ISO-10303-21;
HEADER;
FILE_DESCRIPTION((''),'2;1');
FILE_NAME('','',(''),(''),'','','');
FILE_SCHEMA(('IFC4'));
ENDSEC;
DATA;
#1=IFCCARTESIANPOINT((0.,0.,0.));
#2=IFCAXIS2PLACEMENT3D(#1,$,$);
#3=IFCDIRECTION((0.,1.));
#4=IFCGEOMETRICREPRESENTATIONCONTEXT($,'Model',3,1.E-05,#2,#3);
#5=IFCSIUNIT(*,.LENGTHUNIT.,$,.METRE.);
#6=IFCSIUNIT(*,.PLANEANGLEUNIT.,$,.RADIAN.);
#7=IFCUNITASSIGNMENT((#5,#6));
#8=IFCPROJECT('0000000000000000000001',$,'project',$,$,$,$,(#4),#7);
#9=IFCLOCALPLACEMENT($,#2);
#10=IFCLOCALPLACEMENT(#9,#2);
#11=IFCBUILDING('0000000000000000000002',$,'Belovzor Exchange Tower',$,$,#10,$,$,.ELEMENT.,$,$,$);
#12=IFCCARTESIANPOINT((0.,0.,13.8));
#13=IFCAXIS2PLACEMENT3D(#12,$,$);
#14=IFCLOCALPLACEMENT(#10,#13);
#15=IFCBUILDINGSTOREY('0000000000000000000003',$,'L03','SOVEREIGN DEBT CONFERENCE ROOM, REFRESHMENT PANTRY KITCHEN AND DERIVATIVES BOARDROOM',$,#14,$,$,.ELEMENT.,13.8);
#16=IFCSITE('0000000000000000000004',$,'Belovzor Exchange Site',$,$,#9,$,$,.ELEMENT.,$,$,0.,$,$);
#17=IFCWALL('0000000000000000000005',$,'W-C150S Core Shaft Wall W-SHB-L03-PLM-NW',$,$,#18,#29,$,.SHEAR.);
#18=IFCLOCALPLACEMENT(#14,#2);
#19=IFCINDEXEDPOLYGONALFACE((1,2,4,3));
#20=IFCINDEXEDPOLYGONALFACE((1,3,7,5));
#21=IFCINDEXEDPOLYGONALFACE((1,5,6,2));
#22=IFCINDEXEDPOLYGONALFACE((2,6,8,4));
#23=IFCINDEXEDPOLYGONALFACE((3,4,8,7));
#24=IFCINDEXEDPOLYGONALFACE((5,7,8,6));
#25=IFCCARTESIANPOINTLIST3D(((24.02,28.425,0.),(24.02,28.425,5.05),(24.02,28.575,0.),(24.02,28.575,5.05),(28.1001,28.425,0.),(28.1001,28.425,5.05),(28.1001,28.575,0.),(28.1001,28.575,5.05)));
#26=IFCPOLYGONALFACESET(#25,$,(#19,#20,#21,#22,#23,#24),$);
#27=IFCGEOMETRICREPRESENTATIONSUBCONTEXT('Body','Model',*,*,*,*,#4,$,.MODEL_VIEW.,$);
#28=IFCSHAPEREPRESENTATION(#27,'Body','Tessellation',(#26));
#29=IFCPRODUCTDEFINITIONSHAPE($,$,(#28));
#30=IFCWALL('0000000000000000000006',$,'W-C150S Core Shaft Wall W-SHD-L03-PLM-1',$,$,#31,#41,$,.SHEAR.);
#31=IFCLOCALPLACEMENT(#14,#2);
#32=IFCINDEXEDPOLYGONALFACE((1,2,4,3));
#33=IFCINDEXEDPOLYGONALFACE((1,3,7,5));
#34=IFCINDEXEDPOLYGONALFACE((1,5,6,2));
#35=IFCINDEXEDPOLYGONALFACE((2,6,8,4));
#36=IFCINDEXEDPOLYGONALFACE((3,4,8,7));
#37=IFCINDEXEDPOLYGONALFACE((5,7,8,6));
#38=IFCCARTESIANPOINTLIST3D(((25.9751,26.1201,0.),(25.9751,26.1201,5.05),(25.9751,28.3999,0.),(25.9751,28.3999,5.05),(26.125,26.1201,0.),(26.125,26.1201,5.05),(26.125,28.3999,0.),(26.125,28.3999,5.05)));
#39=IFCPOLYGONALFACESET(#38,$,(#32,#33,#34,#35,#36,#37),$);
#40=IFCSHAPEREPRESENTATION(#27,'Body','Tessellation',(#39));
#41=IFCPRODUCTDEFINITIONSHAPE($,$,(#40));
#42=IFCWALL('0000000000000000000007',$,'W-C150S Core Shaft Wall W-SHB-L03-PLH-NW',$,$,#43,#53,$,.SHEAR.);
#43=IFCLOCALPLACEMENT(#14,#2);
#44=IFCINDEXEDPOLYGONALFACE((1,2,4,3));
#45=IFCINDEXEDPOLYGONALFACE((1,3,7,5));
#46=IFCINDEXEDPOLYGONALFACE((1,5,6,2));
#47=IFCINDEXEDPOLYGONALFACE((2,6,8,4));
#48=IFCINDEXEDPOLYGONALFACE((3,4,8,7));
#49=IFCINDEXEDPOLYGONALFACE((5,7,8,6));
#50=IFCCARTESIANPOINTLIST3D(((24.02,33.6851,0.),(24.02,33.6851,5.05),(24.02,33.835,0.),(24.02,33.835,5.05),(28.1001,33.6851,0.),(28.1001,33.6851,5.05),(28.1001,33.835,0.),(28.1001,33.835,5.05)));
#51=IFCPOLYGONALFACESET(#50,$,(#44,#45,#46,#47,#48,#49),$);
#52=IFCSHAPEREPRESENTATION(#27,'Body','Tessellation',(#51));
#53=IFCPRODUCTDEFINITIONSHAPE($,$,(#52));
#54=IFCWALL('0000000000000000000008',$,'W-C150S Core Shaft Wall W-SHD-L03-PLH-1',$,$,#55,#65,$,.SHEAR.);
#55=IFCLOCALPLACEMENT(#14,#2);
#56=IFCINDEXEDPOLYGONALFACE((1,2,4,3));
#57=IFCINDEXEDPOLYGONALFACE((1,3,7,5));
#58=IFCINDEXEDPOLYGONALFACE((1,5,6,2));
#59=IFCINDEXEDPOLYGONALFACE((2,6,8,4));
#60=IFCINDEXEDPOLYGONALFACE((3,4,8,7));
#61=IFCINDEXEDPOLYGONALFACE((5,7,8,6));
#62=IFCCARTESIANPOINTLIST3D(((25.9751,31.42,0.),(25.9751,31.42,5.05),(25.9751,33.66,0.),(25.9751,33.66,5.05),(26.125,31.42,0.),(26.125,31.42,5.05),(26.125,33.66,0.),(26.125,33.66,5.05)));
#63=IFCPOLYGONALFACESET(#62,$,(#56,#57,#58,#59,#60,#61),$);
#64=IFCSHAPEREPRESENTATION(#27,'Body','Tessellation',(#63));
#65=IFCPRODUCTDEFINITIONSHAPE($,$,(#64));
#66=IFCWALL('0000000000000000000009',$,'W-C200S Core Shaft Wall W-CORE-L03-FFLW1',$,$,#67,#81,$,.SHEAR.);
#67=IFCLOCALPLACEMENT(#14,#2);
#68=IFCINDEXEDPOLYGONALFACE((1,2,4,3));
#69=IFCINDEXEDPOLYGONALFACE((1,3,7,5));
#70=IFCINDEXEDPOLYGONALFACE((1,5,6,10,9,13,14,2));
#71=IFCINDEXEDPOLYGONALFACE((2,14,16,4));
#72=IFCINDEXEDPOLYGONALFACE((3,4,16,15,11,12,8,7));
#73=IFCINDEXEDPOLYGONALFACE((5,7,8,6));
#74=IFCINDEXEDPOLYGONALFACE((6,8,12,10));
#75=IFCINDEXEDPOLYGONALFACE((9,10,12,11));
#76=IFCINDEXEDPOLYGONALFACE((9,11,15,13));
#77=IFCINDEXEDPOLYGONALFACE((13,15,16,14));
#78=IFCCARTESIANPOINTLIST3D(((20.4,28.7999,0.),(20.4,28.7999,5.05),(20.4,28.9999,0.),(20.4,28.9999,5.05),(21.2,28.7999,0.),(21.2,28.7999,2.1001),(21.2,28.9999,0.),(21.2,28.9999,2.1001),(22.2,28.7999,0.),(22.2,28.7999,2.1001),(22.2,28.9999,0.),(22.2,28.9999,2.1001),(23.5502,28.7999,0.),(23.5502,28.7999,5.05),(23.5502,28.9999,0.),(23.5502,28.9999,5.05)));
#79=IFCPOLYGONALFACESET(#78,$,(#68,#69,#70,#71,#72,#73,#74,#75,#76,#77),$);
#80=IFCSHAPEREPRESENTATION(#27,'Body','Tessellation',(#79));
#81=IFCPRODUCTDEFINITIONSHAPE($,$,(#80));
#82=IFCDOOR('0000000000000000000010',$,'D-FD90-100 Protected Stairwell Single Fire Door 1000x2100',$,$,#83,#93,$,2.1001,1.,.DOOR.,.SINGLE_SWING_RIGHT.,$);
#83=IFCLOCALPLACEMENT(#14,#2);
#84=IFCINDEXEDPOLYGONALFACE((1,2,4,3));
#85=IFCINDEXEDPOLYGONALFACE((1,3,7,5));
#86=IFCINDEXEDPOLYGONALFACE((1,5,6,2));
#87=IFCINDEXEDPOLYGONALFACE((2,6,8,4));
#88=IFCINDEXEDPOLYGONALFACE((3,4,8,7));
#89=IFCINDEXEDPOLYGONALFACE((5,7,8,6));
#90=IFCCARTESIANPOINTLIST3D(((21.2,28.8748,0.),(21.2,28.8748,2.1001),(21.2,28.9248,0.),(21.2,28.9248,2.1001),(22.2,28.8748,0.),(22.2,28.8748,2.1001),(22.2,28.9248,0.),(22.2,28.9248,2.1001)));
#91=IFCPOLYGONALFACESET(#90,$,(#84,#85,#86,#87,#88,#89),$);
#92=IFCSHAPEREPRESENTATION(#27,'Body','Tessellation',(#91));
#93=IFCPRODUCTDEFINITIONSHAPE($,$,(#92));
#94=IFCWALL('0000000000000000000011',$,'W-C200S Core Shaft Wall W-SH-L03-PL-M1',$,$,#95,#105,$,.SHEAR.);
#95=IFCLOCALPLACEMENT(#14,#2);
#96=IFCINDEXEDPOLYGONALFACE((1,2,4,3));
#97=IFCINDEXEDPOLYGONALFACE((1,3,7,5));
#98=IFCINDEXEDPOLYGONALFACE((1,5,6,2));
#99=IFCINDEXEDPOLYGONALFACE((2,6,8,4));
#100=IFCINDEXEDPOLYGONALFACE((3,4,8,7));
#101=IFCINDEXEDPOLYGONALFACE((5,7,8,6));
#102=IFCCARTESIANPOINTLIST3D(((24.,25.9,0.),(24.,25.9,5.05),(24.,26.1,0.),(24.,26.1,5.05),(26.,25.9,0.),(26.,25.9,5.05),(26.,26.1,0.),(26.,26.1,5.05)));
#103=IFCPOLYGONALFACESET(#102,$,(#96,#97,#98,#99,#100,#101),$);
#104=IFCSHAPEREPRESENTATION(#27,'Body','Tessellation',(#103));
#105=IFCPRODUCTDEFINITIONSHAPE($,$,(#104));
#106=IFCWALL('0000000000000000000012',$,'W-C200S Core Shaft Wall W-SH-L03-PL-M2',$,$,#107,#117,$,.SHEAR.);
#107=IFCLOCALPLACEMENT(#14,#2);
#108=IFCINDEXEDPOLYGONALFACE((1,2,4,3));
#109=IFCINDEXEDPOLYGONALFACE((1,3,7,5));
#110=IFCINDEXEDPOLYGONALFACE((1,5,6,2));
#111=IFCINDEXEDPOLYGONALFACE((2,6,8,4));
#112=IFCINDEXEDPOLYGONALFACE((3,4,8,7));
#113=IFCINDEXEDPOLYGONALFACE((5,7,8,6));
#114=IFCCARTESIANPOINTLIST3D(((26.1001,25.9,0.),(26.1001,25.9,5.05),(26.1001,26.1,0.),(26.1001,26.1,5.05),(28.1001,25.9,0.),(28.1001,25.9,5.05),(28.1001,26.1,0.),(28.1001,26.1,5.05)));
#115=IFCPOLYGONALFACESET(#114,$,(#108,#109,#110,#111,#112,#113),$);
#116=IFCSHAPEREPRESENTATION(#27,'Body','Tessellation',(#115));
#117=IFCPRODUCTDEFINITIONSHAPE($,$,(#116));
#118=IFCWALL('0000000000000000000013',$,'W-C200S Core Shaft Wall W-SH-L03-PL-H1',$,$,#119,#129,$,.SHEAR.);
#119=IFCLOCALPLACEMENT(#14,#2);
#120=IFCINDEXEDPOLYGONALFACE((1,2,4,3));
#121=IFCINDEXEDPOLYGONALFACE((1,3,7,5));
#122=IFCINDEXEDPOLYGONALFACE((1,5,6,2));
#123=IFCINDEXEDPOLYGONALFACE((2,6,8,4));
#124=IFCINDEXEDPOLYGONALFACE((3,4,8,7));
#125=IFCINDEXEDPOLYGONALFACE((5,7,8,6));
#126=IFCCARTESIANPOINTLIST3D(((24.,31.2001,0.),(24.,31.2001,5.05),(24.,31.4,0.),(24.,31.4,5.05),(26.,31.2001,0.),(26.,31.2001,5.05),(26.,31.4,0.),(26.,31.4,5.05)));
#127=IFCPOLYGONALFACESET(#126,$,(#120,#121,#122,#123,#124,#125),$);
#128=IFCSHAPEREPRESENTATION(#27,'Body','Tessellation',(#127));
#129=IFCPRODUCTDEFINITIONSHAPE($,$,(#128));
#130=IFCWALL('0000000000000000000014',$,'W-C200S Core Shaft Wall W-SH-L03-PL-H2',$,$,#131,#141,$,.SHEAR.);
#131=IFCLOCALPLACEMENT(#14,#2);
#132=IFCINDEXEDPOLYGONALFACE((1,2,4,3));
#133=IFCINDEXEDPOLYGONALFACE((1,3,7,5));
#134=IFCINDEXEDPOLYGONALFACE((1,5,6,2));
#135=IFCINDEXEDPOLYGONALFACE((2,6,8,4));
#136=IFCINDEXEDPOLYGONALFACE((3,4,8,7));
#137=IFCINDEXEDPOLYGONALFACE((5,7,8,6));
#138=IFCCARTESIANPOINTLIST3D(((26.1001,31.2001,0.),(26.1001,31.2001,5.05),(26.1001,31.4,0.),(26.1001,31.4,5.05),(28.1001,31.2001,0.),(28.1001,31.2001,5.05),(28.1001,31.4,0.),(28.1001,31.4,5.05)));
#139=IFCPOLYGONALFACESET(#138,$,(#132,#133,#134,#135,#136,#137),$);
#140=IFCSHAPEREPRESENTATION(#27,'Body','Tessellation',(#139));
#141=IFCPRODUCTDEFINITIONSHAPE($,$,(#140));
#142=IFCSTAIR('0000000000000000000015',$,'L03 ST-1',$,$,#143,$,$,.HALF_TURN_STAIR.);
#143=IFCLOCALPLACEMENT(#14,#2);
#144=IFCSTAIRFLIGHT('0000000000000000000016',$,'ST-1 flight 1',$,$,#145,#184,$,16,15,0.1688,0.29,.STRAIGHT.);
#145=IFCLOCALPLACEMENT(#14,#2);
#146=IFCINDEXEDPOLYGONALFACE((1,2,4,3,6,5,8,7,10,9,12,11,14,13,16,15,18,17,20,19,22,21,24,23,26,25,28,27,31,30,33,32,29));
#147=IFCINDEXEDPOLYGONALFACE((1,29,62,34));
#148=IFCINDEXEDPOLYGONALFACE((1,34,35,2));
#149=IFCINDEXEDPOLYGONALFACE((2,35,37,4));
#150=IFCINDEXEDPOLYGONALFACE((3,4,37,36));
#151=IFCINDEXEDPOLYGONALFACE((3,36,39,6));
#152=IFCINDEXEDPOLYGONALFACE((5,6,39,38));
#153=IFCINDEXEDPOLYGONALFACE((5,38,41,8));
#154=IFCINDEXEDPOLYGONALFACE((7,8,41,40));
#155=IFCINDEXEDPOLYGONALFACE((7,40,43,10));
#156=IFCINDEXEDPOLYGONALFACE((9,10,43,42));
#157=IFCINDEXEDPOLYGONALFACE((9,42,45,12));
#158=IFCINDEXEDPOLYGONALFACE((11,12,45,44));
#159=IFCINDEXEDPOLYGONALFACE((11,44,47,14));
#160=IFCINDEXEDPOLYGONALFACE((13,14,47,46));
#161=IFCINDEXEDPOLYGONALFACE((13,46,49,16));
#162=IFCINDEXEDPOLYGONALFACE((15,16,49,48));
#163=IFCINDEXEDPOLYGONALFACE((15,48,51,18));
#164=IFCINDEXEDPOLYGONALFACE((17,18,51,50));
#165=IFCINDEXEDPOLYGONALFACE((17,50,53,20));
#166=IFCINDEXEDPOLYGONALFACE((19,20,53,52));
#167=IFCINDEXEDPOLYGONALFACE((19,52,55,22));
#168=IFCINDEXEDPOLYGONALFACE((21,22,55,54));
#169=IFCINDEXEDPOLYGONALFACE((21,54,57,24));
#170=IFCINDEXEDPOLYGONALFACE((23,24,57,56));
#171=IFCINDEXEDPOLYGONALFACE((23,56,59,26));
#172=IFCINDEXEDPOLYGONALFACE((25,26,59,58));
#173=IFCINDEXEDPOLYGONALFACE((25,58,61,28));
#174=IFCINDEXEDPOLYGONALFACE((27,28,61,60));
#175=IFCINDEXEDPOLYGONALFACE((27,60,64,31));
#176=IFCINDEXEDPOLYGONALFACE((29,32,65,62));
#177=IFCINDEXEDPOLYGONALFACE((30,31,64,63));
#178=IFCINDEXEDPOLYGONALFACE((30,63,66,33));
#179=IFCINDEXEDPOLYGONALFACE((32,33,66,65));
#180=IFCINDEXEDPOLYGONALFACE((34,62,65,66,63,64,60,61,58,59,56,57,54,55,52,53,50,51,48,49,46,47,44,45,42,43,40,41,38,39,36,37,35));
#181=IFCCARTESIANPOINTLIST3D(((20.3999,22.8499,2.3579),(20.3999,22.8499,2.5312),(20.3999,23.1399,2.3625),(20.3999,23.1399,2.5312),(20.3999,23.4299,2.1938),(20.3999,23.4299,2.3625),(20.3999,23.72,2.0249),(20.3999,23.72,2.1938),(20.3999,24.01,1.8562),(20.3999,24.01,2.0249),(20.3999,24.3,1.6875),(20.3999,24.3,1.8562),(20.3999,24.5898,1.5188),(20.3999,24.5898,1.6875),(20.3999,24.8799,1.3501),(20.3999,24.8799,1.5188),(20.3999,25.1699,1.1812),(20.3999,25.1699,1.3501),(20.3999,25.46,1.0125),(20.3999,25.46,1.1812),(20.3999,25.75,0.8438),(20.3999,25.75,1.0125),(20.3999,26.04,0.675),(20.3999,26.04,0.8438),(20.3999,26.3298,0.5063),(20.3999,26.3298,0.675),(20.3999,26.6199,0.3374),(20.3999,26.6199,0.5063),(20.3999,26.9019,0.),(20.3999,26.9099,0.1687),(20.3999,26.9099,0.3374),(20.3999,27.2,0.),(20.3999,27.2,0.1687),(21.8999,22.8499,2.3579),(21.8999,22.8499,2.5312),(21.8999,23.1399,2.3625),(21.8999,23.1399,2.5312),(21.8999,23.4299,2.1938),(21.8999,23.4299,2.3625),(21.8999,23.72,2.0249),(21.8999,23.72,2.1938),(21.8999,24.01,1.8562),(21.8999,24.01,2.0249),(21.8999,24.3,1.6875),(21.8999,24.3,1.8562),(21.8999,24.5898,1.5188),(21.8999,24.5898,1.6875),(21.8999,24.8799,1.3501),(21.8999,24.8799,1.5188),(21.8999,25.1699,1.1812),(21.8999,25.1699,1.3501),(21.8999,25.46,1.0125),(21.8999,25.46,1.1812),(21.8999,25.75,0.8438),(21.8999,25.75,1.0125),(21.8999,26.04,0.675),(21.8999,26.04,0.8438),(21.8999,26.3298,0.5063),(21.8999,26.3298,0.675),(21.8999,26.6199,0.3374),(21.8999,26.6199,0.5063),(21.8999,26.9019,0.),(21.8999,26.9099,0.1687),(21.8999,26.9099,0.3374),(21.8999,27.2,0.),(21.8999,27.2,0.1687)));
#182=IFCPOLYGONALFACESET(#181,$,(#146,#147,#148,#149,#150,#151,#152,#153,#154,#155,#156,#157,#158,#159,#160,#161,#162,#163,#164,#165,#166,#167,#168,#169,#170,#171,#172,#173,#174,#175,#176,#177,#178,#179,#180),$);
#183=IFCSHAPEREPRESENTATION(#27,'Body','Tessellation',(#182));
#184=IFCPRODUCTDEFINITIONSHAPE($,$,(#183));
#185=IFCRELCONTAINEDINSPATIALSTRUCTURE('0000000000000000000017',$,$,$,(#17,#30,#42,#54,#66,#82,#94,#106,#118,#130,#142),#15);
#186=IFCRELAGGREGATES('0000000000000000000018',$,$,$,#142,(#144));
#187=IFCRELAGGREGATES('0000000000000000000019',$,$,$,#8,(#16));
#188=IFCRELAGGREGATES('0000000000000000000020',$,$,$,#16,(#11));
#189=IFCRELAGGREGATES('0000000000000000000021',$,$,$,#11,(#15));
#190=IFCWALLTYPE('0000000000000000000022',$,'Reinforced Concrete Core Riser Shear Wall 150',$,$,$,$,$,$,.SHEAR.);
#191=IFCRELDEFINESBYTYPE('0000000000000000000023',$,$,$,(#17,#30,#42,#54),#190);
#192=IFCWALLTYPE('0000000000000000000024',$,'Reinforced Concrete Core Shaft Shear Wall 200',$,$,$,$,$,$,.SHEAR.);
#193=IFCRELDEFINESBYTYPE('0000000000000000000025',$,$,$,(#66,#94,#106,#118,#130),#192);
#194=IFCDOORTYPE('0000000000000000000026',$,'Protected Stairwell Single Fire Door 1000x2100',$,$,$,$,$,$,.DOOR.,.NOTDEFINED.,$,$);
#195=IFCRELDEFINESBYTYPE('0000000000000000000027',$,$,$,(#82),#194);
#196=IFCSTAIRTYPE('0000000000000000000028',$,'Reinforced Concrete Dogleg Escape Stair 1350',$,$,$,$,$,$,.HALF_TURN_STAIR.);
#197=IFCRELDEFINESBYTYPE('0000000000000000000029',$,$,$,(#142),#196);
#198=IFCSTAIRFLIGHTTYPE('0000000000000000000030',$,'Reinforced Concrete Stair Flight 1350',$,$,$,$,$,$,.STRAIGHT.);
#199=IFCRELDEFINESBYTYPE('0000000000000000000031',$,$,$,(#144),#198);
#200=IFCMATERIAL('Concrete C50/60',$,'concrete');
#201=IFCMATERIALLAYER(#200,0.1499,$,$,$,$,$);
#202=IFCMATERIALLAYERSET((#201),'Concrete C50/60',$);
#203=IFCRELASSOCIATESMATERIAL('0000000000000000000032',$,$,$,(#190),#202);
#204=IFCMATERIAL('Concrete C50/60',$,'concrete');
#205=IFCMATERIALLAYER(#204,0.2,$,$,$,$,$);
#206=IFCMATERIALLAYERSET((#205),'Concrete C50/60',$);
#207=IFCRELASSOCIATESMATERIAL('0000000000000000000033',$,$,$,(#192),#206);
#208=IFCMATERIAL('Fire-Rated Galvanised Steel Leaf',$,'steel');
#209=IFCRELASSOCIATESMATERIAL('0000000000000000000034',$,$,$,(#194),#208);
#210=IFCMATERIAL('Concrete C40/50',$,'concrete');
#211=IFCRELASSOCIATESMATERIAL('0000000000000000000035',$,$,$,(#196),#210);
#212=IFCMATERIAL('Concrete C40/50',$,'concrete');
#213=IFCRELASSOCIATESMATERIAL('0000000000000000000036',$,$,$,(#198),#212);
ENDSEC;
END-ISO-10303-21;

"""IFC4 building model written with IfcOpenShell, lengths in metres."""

from ifc_helpers import new_model, si_unit, direction, frame, frame_2d, origin, place, context, subcontext, project, spatial, polyline, rectangle, outline, extrude, material, layer, layer_set, type_object, element, fill, aggregate, save


model = new_model("IFC4")

# Units and contexts
model_context = context("Model", 3, precision=1e-05, world=origin(), true_north=direction((0.0, 1.0)))
body_context = subcontext(model_context, "Body", "Model", "MODEL_VIEW")
ifc_project = project(units=[si_unit("LENGTHUNIT", "METRE"), si_unit("PLANEANGLEUNIT", "RADIAN")], contexts=[model_context])

# Site, building, storey
site_placement = place(None, origin())
site = spatial("IfcSite", under=ifc_project, at=site_placement, Name="Belovzor Exchange Site", CompositionType="ELEMENT", RefElevation=0.0)
building_placement = place(site_placement, origin())
building = spatial("IfcBuilding", under=site, at=building_placement, Name="Belovzor Exchange Tower", CompositionType="ELEMENT")
storey_placement = place(building_placement, frame((0.0, 0.0, 13.8)))
storey = spatial("IfcBuildingStorey", under=building, at=storey_placement, Name="L03", Description="SOVEREIGN DEBT CONFERENCE ROOM, REFRESHMENT PANTRY KITCHEN AND DERIVATIVES BOARDROOM", CompositionType="ELEMENT", Elevation=13.8)

# Walls
ifc_material_1 = material(Name="Concrete C50/60", Category="concrete")
ifc_layer_1 = layer(ifc_material_1, 0.1499)
ifc_layer_set_1 = layer_set([ifc_layer_1], Name="Concrete C50/60")
wall_type_1 = type_object("IfcWallType", Name="Reinforced Concrete Core Riser Shear Wall 150", PredefinedType="SHEAR", material=ifc_layer_set_1)
wall_1_placement = place(storey_placement, frame((24.02, 28.5, 0.0), z_axis=(0.0, 0.0, 1.0), x_axis=(1.0, 0.0, 0.0)))
element("IfcWall", 1, at=wall_1_placement, inside=storey, type_object=wall_type_1, Name="W-C150S Core Shaft Wall W-SHB-L03-PLM-NW", PredefinedType="SHEAR", context=body_context, shape_type="SweptSolid", body=[
    extrude(rectangle(XDim=4.0801, YDim=0.1499, at=frame_2d((2.04, 0.0))), origin(), (0.0, 0.0, 1.0), 5.05),
])
wall_2_placement = place(storey_placement, frame((26.05, 26.1201, 0.0), z_axis=(0.0, 0.0, 1.0), x_axis=(0.0, 1.0, 0.0)))
element("IfcWall", 2, at=wall_2_placement, inside=storey, type_object=wall_type_1, Name="W-C150S Core Shaft Wall W-SHD-L03-PLM-1", PredefinedType="SHEAR", context=body_context, shape_type="SweptSolid", body=[
    extrude(rectangle(XDim=2.2798, YDim=0.1499, at=frame_2d((1.1399, 0.0))), origin(), (0.0, 0.0, 1.0), 5.05),
])
wall_3_placement = place(storey_placement, frame((24.02, 33.76, 0.0), z_axis=(0.0, 0.0, 1.0), x_axis=(1.0, 0.0, 0.0)))
element("IfcWall", 3, at=wall_3_placement, inside=storey, type_object=wall_type_1, Name="W-C150S Core Shaft Wall W-SHB-L03-PLH-NW", PredefinedType="SHEAR", context=body_context, shape_type="SweptSolid", body=[
    extrude(rectangle(XDim=4.0801, YDim=0.1499, at=frame_2d((2.04, 0.0))), origin(), (0.0, 0.0, 1.0), 5.05),
])
wall_4_placement = place(storey_placement, frame((26.05, 31.4199, 0.0), z_axis=(0.0, 0.0, 1.0), x_axis=(0.0, 1.0, 0.0)))
element("IfcWall", 4, at=wall_4_placement, inside=storey, type_object=wall_type_1, Name="W-C150S Core Shaft Wall W-SHD-L03-PLH-1", PredefinedType="SHEAR", context=body_context, shape_type="SweptSolid", body=[
    extrude(rectangle(XDim=2.24, YDim=0.1499, at=frame_2d((1.1201, 0.0))), origin(), (0.0, 0.0, 1.0), 5.05),
])

# Wall, opening, door
ifc_material_2 = material(Name="Concrete C50/60", Category="concrete")
ifc_layer_2 = layer(ifc_material_2, 0.2)
ifc_layer_set_2 = layer_set([ifc_layer_2], Name="Concrete C50/60")
wall_type_2 = type_object("IfcWallType", Name="Reinforced Concrete Core Shaft Shear Wall 200", PredefinedType="SHEAR", material=ifc_layer_set_2)
wall_5_placement = place(storey_placement, frame((20.3999, 28.8999, 0.0), z_axis=(0.0, 0.0, 1.0), x_axis=(1.0, 0.0, 0.0)))
wall_5 = element("IfcWall", 5, at=wall_5_placement, inside=storey, type_object=wall_type_2, Name="W-C200S Core Shaft Wall W-CORE-L03-FFLW1", PredefinedType="SHEAR", context=body_context, shape_type="SweptSolid", body=[
    extrude(rectangle(XDim=3.1501, YDim=0.2, at=frame_2d((1.5752, 0.0))), origin(), (0.0, 0.0, 1.0), 5.05),
])
opening_1_placement = place(wall_5_placement, frame((0.8, 0.0, 0.0)))
opening_1 = element("IfcOpeningElement", 6, at=opening_1_placement, cuts=wall_5, PredefinedType="OPENING", context=body_context, shape_type="SweptSolid", body=[
    extrude(rectangle(XDim=1.0, YDim=2.1001, at=frame_2d((0.5, 1.05))), frame((0.0, 0.1099, 0.0), z_axis=(0.0, -1.0, 0.0), x_axis=(1.0, 0.0, 0.0)), (0.0, 0.0, 1.0), 0.22),
])
ifc_material_3 = material(Name="Fire-Rated Galvanised Steel Leaf", Category="steel")
door_type_1 = type_object("IfcDoorType", Name="Protected Stairwell Single Fire Door 1000x2100", OperationType="NOTDEFINED", PredefinedType="DOOR", material=ifc_material_3)
door_1_placement = place(opening_1_placement, origin())
door_1 = element("IfcDoor", 7, at=door_1_placement, inside=storey, type_object=door_type_1, Name="D-FD90-100 Protected Stairwell Single Fire Door 1000x2100", OperationType="SINGLE_SWING_RIGHT", OverallHeight=2.1001, OverallWidth=1.0, PredefinedType="DOOR", context=body_context, shape_type="SweptSolid", body=[
    extrude(rectangle(XDim=1.0, YDim=2.1001, at=frame_2d((0.5, 1.05))), frame((0.0, 0.0249, 0.0), z_axis=(0.0, -1.0, 0.0), x_axis=(1.0, 0.0, 0.0)), (0.0, 0.0, 1.0), 0.05),
])
fill(opening_1, door_1)

# Walls
for number, where, z_axis, x_axis, name in (
    (8, (24.0, 26.0, 0.0), (0.0, 0.0, 1.0), (1.0, 0.0, 0.0), "W-C200S Core Shaft Wall W-SH-L03-PL-M1"),
    (9, (26.1001, 26.0, 0.0), (0.0, 0.0, 1.0), (1.0, 0.0, 0.0), "W-C200S Core Shaft Wall W-SH-L03-PL-M2"),
    (10, (24.0, 31.3, 0.0), (0.0, 0.0, 1.0), (1.0, 0.0, 0.0), "W-C200S Core Shaft Wall W-SH-L03-PL-H1"),
    (11, (26.1001, 31.3, 0.0), (0.0, 0.0, 1.0), (1.0, 0.0, 0.0), "W-C200S Core Shaft Wall W-SH-L03-PL-H2"),
):
    element("IfcWall", number, at=place(storey_placement, frame(where, z_axis=z_axis, x_axis=x_axis)), inside=storey, type_object=wall_type_2, Name=name, PredefinedType="SHEAR", context=body_context, shape_type="SweptSolid", body=[
        extrude(rectangle(XDim=2.0, YDim=0.2, at=frame_2d((1.0, 0.0))), origin(), (0.0, 0.0, 1.0), 5.05),
    ])

# Stair, stair flight
ifc_material_4 = material(Name="Concrete C40/50", Category="concrete")
stair_type = type_object("IfcStairType", Name="Reinforced Concrete Dogleg Escape Stair 1350", PredefinedType="HALF_TURN_STAIR", material=ifc_material_4)
stair_placement = place(storey_placement, origin())
stair = element("IfcStair", 12, at=stair_placement, inside=storey, type_object=stair_type, Name="L03 ST-1", PredefinedType="HALF_TURN_STAIR")
ifc_material_5 = material(Name="Concrete C40/50", Category="concrete")
stair_flight_type = type_object("IfcStairFlightType", Name="Reinforced Concrete Stair Flight 1350", PredefinedType="STRAIGHT", material=ifc_material_5)
stair_flight_placement = place(storey_placement, frame((21.1499, 27.2, 0.0), z_axis=(0.0, 0.0, 1.0), x_axis=(0.0, -1.0, 0.0)))
stair_flight = element("IfcStairFlight", 13, at=stair_flight_placement, type_object=stair_flight_type, Name="ST-1 flight 1", NumberOfRisers=16, NumberOfTreads=15, PredefinedType="STRAIGHT", RiserHeight=0.1688, TreadLength=0.29, context=body_context, shape_type="SweptSolid", body=[
    extrude(outline(polyline([(0.0, 0.0), (0.0, 0.1687), (0.29, 0.1687), (0.29, 0.3374), (0.5801, 0.3374), (0.5801, 0.5063), (0.8701, 0.5063), (0.8701, 0.675), (1.1599, 0.675), (1.1599, 0.8438), (1.45, 0.8438), (1.45, 1.0125), (1.74, 1.0125), (1.74, 1.1812), (2.03, 1.1812), (2.03, 1.3501), (2.3201, 1.3501), (2.3201, 1.5188), (2.6101, 1.5188), (2.6101, 1.6875), (2.8999, 1.6875), (2.8999, 1.8562), (3.1899, 1.8562), (3.1899, 2.0249), (3.48, 2.0249), (3.48, 2.1938), (3.77, 2.1938), (3.77, 2.3625), (4.0601, 2.3625), (4.0601, 2.5312), (4.3501, 2.5312), (4.3501, 2.7), (4.3501, 2.3579), (0.2981, 0.0), (0.0, 0.0)])), frame((0.0, 0.75, 0.0), z_axis=(0.0, -1.0, 0.0), x_axis=(1.0, 0.0, 0.0)), (0.0, 0.0, 1.0), 1.5),
])
aggregate(stair, [stair_flight])

save(model, "model.ifc")
